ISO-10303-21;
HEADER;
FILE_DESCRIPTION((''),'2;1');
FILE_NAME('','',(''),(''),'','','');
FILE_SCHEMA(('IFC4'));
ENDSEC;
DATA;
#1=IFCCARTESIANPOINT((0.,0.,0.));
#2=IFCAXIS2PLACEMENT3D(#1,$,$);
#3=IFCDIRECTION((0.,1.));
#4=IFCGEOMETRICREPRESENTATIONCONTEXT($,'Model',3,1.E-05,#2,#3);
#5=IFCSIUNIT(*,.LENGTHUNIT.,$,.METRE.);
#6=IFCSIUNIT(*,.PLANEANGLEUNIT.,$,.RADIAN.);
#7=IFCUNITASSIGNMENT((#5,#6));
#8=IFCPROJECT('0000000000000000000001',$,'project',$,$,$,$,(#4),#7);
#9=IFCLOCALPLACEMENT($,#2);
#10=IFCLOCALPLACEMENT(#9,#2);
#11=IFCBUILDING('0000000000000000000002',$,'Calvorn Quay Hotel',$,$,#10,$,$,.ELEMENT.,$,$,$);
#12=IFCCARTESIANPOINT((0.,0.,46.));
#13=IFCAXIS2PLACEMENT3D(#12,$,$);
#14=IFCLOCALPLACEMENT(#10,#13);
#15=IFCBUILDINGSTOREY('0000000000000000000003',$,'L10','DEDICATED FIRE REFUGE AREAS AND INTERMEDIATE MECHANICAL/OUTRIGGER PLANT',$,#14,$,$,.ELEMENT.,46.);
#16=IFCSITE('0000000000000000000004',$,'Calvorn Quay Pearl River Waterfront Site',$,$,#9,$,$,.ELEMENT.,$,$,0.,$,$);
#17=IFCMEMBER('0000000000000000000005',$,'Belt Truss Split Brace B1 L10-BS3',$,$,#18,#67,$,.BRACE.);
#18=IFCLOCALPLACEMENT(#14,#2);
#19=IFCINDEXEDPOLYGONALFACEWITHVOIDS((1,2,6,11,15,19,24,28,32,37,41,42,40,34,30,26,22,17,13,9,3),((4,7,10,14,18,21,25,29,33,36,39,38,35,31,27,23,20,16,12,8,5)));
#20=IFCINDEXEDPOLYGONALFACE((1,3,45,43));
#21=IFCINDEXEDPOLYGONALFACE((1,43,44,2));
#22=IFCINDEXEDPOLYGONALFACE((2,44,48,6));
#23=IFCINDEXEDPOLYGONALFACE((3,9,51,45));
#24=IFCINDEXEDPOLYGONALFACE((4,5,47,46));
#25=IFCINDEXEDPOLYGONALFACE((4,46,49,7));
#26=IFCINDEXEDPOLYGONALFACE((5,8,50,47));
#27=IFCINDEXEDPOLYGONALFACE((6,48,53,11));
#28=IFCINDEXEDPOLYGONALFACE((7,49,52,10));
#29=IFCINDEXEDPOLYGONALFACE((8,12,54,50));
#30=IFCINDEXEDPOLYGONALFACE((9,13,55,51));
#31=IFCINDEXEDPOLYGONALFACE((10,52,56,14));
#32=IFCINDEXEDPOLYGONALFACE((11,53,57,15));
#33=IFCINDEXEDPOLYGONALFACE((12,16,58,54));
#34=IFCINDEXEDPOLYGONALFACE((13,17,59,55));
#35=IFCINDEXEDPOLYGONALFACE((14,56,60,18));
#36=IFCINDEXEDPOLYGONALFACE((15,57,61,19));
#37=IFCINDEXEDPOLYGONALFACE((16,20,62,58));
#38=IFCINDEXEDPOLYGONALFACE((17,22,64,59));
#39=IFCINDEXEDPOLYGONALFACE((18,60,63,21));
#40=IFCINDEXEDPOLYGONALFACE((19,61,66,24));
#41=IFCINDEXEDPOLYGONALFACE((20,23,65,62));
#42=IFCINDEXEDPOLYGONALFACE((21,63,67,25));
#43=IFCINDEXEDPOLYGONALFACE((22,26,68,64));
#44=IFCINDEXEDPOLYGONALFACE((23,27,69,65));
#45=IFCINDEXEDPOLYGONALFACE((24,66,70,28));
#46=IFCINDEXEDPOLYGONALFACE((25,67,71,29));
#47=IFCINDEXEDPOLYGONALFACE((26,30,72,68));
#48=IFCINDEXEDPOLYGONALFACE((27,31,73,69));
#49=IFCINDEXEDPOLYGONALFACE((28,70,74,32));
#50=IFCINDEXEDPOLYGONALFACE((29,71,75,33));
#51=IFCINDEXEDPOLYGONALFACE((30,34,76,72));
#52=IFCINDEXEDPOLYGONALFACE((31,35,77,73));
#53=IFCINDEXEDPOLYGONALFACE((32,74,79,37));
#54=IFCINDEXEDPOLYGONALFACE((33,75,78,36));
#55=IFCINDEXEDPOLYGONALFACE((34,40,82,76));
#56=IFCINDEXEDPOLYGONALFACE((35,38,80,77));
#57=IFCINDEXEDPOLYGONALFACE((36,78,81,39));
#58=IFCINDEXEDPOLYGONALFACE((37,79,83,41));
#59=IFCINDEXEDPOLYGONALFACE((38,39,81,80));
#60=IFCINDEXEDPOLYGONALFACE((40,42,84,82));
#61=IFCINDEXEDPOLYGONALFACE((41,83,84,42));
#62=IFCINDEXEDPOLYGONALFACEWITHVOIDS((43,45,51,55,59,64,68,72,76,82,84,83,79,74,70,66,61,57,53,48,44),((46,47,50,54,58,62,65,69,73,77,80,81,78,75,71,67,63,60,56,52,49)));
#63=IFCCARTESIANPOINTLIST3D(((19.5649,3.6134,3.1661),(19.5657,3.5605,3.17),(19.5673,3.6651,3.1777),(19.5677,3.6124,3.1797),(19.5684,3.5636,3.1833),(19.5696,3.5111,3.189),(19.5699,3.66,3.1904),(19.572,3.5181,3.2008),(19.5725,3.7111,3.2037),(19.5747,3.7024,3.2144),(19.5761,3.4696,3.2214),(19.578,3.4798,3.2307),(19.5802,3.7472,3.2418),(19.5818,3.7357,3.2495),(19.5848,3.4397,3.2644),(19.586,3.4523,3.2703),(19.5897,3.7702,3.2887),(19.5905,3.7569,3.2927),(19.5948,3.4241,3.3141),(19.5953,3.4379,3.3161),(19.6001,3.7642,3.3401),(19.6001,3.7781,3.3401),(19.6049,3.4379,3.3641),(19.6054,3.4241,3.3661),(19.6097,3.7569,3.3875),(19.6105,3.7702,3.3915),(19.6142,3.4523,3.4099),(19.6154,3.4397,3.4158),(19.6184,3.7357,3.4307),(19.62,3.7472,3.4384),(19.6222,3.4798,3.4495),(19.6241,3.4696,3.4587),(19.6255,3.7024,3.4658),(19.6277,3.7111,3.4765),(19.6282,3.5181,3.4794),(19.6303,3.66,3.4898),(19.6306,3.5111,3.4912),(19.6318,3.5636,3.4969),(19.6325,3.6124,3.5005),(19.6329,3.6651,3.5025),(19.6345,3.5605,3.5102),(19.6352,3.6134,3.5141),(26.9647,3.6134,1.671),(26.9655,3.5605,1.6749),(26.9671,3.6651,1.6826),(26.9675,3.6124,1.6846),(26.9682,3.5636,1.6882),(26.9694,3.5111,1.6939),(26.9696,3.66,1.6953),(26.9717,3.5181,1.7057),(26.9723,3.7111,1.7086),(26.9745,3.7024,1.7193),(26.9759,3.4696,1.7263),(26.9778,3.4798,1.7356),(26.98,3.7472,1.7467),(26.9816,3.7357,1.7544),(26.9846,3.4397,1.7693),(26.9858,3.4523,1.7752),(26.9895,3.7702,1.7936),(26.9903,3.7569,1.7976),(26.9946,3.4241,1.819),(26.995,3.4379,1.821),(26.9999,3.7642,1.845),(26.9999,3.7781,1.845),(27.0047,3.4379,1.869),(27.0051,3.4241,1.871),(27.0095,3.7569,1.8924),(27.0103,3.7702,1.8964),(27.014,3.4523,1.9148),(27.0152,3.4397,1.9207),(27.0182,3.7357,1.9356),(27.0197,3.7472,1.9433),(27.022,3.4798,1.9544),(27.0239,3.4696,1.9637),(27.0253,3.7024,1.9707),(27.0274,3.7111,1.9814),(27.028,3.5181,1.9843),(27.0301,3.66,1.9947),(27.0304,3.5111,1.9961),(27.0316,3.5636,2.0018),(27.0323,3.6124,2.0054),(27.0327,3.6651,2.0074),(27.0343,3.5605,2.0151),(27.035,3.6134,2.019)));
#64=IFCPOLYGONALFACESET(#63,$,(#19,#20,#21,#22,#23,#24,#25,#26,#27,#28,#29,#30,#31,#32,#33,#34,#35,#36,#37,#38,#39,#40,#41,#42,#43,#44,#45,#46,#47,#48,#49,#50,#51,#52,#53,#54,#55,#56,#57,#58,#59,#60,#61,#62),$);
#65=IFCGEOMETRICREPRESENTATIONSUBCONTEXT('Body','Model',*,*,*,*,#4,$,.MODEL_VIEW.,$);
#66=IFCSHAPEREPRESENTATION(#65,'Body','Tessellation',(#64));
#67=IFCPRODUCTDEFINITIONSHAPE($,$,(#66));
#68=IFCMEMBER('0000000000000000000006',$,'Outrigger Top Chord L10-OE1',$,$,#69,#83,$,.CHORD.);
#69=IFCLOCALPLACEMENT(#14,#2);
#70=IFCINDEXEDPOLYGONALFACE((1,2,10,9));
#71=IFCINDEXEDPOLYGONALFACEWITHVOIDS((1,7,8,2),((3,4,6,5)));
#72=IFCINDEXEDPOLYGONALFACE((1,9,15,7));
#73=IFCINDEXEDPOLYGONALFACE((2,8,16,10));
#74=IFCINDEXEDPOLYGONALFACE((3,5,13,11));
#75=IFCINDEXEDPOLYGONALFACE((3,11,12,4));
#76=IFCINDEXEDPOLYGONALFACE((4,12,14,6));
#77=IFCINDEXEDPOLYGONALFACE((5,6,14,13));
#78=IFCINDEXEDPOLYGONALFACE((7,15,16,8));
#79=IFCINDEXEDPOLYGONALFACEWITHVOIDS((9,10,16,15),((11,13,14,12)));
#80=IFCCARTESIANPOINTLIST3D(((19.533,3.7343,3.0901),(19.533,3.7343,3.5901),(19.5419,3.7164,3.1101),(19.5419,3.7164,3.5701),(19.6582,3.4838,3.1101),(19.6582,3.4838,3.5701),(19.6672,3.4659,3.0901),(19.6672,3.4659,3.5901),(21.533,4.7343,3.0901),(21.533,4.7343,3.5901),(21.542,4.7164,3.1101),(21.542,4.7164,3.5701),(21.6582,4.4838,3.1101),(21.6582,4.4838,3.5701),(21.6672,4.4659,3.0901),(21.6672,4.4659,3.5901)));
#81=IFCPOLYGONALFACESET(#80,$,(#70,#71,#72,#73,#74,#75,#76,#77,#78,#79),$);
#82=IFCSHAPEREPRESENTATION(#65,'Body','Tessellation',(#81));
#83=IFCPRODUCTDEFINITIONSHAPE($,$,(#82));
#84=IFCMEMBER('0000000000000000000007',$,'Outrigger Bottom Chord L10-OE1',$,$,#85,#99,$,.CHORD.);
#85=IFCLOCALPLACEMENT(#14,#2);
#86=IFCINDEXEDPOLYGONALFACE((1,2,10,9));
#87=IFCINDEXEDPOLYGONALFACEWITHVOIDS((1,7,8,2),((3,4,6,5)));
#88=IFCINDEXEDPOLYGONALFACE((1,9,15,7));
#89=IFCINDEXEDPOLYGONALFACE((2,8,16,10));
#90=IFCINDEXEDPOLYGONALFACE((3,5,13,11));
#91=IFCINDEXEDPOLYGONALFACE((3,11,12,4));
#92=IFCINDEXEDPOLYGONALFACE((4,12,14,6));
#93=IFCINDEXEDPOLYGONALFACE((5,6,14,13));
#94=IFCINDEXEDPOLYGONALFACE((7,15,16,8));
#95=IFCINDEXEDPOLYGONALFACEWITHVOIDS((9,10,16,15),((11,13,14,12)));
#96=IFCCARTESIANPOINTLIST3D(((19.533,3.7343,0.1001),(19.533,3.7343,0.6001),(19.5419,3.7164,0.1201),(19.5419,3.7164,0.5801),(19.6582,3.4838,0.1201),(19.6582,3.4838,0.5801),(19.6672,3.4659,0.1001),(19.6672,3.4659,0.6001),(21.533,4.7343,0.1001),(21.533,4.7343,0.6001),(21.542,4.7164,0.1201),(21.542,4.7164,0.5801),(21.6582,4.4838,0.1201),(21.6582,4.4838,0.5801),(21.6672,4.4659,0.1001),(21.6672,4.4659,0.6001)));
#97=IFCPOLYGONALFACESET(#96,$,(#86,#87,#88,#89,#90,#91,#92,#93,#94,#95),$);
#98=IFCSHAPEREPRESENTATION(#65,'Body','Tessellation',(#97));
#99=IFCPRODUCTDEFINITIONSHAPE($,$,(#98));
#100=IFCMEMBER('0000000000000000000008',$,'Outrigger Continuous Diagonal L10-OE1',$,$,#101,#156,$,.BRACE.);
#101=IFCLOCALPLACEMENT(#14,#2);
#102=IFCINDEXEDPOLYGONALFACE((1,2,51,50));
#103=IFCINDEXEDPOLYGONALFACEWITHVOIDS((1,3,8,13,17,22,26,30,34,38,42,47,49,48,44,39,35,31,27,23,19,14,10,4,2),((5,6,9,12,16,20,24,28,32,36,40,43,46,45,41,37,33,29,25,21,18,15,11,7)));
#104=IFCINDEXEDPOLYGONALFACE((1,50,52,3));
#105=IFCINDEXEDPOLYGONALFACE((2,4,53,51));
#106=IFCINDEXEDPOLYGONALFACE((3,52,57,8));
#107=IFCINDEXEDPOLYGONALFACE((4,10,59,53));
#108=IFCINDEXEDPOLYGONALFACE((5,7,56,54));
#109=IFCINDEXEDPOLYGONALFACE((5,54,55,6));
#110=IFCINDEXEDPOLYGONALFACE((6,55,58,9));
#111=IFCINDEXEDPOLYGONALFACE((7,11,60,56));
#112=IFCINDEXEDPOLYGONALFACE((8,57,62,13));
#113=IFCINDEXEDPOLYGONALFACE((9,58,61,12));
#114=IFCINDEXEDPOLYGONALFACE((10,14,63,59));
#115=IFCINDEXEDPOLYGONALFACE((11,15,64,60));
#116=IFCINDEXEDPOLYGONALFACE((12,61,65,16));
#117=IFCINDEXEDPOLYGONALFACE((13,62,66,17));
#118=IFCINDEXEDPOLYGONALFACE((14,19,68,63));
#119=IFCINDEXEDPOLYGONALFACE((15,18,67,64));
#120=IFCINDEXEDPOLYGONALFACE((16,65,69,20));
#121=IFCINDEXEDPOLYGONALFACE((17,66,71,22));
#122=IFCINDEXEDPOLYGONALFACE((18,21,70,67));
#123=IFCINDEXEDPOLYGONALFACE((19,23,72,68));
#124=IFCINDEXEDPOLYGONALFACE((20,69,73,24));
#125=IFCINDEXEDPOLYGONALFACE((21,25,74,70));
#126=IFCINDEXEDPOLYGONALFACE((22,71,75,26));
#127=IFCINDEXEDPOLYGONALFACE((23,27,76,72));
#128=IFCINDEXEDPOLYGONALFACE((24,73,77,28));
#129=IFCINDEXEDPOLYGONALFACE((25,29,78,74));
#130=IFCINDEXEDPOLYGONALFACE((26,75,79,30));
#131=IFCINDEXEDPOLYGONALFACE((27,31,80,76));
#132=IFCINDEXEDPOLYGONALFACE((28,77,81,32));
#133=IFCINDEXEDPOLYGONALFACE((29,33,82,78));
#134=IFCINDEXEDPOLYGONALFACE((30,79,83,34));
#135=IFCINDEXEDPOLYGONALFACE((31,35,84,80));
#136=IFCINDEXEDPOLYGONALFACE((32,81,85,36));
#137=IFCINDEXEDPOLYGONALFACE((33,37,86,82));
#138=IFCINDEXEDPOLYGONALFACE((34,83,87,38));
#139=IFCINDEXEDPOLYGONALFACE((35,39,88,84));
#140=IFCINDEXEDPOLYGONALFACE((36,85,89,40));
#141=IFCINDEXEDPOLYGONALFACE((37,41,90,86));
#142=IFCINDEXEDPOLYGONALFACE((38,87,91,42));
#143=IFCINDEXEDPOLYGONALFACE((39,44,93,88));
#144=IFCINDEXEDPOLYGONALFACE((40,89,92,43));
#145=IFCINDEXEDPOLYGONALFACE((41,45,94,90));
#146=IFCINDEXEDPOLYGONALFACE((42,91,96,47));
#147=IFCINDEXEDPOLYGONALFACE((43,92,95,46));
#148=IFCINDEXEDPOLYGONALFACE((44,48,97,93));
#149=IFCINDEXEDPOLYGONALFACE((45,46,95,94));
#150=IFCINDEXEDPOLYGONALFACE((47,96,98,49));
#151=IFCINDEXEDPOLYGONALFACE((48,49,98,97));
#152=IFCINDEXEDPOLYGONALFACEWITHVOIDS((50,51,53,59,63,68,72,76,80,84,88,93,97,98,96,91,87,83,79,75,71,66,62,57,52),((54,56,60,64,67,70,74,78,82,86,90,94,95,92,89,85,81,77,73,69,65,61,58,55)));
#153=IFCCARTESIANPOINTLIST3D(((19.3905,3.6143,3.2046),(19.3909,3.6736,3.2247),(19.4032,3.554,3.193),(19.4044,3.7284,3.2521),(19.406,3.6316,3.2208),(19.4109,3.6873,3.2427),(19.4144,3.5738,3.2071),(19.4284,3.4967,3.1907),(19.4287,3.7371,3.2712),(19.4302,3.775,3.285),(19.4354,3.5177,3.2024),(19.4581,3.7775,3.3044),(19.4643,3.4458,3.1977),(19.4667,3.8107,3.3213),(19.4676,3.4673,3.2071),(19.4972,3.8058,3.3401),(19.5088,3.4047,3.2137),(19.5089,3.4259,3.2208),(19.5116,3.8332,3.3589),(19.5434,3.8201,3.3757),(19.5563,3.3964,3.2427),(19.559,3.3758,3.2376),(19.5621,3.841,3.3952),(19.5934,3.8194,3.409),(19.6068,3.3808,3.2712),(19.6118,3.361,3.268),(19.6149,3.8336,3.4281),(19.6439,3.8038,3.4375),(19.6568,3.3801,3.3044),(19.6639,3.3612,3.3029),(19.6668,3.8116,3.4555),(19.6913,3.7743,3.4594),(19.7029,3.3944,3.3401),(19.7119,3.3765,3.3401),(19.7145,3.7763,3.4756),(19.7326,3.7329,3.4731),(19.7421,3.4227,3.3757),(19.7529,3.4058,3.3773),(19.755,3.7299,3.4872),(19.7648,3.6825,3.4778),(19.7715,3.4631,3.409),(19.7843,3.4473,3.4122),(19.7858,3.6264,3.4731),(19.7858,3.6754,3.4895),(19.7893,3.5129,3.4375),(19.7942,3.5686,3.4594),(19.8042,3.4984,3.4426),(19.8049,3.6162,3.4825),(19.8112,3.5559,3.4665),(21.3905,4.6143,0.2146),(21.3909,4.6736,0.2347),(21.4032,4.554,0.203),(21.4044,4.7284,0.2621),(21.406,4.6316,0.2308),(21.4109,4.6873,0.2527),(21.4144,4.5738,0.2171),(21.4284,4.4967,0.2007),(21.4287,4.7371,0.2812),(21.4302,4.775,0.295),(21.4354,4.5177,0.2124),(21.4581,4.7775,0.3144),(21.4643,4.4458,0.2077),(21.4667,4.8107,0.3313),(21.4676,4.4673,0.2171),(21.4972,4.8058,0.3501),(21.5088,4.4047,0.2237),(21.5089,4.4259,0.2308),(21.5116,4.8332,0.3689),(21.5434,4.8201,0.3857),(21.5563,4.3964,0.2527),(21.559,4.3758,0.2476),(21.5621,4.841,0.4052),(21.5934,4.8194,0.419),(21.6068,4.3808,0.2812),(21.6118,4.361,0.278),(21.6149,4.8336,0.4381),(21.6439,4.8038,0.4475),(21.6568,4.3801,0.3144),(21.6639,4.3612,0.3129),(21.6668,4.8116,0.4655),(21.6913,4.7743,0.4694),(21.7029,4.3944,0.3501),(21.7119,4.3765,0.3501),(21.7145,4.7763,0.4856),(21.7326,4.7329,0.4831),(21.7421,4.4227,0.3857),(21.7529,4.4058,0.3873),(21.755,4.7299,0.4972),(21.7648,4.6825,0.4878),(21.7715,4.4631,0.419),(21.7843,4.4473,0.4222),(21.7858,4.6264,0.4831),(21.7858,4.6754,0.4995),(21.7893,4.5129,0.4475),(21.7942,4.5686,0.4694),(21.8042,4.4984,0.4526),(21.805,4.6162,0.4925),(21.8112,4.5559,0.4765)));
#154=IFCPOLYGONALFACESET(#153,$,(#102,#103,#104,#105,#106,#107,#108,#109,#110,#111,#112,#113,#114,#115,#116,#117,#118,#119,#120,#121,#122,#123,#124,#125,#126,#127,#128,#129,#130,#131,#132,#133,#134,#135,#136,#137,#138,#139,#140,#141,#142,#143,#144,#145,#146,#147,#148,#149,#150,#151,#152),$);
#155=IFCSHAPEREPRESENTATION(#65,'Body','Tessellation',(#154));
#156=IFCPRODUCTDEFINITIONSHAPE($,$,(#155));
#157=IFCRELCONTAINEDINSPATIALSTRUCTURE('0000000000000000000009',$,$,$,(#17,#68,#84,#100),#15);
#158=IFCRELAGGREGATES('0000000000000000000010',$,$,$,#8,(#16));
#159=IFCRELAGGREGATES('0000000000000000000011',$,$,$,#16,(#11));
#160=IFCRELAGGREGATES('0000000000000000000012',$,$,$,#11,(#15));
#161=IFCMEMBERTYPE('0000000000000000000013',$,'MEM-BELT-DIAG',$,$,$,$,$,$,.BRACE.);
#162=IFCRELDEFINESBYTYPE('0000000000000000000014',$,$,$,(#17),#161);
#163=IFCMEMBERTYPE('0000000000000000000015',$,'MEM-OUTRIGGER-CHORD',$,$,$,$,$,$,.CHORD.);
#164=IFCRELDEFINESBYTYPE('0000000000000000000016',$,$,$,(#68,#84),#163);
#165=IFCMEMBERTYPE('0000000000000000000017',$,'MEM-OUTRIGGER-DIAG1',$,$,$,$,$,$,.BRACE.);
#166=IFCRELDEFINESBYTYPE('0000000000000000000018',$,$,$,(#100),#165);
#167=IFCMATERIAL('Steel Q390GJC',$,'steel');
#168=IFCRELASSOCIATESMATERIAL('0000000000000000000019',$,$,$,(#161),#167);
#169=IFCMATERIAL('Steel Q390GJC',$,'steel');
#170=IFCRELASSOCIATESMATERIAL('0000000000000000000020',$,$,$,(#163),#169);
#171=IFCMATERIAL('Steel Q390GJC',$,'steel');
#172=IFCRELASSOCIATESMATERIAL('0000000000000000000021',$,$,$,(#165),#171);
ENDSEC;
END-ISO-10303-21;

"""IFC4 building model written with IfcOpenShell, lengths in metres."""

from ifc_helpers import new_model, si_unit, direction, frame, origin, origin_2d, place, context, subcontext, project, spatial, hollow_rectangle, hollow_circle, extrude, material, material_profile, profile_set, type_object, element, save


model = new_model("IFC4")

# Units and contexts
model_context = context("Model", 3, precision=1e-05, world=origin(), true_north=direction((0.0, 1.0)))
body_context = subcontext(model_context, "Body", "Model", "MODEL_VIEW")
ifc_project = project(units=[si_unit("LENGTHUNIT", "METRE"), si_unit("PLANEANGLEUNIT", "RADIAN")], contexts=[model_context])

# Site, building, storey
site_placement = place(None, origin())
site = spatial("IfcSite", under=ifc_project, at=site_placement, Name="Calvorn Quay Pearl River Waterfront Site", CompositionType="ELEMENT", RefElevation=0.0)
building_placement = place(site_placement, origin())
building = spatial("IfcBuilding", under=site, at=building_placement, Name="Calvorn Quay Hotel", CompositionType="ELEMENT")
storey_placement = place(building_placement, frame((0.0, 0.0, 46.0)))
storey = spatial("IfcBuildingStorey", under=building, at=storey_placement, Name="L10", Description="DEDICATED FIRE REFUGE AREAS AND INTERMEDIATE MECHANICAL/OUTRIGGER PLANT", CompositionType="ELEMENT", Elevation=46.0)

# Members
ifc_material_1 = material(Name="Steel Q390GJC", Category="steel")
ifc_material_profile_1 = material_profile(ifc_material_1, hollow_circle(Radius=0.178, WallThickness=0.0139, at=origin_2d()), Name="CHS356x14")
ifc_profile_set_1 = profile_set([ifc_material_profile_1], Name="Steel Q390GJC")
member_type_1 = type_object("IfcMemberType", Name="MEM-BELT-DIAG", PredefinedType="BRACE", material=ifc_profile_set_1)
member_1_placement = place(storey_placement, frame((19.6001, 3.6001, 3.3401), z_axis=(0.980193, 0.0, -0.198044), x_axis=(0.0, 1.0, 0.0)))
element("IfcMember", 1, at=member_1_placement, inside=storey, type_object=member_type_1, Name="Belt Truss Split Brace B1 L10-BS3", PredefinedType="BRACE", context=body_context, shape_type="SweptSolid", body=[
    extrude(hollow_circle(Radius=0.178, WallThickness=0.0139, at=origin_2d()), origin(), (0.0, 0.0, 1.0), 7.5493),
])
ifc_material_2 = material(Name="Steel Q390GJC", Category="steel")
ifc_material_profile_2 = material_profile(ifc_material_2, hollow_rectangle(XDim=0.3, YDim=0.5, WallThickness=0.02, at=origin_2d()), Name="RHS500x300x20")
ifc_profile_set_2 = profile_set([ifc_material_profile_2], Name="Steel Q390GJC")
member_type_2 = type_object("IfcMemberType", Name="MEM-OUTRIGGER-CHORD", PredefinedType="CHORD", material=ifc_profile_set_2)
for number, where, z_axis, x_axis, name in (
    (2, (21.6001, 4.6001, 3.3401), (-0.894427, -0.447214, 0.0), (0.447214, -0.894427, 0.0), "Outrigger Top Chord L10-OE1"),
    (3, (21.6001, 4.6001, 0.3501), (-0.894427, -0.447214, 0.0), (0.447214, -0.894427, 0.0), "Outrigger Bottom Chord L10-OE1"),
):
    element("IfcMember", number, at=place(storey_placement, frame(where, z_axis=z_axis, x_axis=x_axis)), inside=storey, type_object=member_type_2, Name=name, PredefinedType="CHORD", context=body_context, shape_type="SweptSolid", body=[
        extrude(hollow_rectangle(XDim=0.3, YDim=0.5, WallThickness=0.02, at=origin_2d()), origin(), (0.0, 0.0, 1.0), 2.2361),
    ])
ifc_material_3 = material(Name="Steel Q390GJC", Category="steel")
ifc_material_profile_3 = material_profile(ifc_material_3, hollow_circle(Radius=0.25, WallThickness=0.02, at=origin_2d()), Name="CHS500x20")
ifc_profile_set_3 = profile_set([ifc_material_profile_3], Name="Steel Q390GJC")
member_type_3 = type_object("IfcMemberType", Name="MEM-OUTRIGGER-DIAG1", PredefinedType="BRACE", material=ifc_profile_set_3)
member_2_placement = place(storey_placement, frame((21.6001, 4.6001, 0.3501), z_axis=(-0.535671, -0.267835, 0.800825), x_axis=(0.447214, -0.894427, 0.0)))
element("IfcMember", 4, at=member_2_placement, inside=storey, type_object=member_type_3, Name="Outrigger Continuous Diagonal L10-OE1", PredefinedType="BRACE", context=body_context, shape_type="SweptSolid", body=[
    extrude(hollow_circle(Radius=0.25, WallThickness=0.02, at=origin_2d()), origin(), (0.0, 0.0, 1.0), 3.7336),
])

save(model, "model.ifc")
